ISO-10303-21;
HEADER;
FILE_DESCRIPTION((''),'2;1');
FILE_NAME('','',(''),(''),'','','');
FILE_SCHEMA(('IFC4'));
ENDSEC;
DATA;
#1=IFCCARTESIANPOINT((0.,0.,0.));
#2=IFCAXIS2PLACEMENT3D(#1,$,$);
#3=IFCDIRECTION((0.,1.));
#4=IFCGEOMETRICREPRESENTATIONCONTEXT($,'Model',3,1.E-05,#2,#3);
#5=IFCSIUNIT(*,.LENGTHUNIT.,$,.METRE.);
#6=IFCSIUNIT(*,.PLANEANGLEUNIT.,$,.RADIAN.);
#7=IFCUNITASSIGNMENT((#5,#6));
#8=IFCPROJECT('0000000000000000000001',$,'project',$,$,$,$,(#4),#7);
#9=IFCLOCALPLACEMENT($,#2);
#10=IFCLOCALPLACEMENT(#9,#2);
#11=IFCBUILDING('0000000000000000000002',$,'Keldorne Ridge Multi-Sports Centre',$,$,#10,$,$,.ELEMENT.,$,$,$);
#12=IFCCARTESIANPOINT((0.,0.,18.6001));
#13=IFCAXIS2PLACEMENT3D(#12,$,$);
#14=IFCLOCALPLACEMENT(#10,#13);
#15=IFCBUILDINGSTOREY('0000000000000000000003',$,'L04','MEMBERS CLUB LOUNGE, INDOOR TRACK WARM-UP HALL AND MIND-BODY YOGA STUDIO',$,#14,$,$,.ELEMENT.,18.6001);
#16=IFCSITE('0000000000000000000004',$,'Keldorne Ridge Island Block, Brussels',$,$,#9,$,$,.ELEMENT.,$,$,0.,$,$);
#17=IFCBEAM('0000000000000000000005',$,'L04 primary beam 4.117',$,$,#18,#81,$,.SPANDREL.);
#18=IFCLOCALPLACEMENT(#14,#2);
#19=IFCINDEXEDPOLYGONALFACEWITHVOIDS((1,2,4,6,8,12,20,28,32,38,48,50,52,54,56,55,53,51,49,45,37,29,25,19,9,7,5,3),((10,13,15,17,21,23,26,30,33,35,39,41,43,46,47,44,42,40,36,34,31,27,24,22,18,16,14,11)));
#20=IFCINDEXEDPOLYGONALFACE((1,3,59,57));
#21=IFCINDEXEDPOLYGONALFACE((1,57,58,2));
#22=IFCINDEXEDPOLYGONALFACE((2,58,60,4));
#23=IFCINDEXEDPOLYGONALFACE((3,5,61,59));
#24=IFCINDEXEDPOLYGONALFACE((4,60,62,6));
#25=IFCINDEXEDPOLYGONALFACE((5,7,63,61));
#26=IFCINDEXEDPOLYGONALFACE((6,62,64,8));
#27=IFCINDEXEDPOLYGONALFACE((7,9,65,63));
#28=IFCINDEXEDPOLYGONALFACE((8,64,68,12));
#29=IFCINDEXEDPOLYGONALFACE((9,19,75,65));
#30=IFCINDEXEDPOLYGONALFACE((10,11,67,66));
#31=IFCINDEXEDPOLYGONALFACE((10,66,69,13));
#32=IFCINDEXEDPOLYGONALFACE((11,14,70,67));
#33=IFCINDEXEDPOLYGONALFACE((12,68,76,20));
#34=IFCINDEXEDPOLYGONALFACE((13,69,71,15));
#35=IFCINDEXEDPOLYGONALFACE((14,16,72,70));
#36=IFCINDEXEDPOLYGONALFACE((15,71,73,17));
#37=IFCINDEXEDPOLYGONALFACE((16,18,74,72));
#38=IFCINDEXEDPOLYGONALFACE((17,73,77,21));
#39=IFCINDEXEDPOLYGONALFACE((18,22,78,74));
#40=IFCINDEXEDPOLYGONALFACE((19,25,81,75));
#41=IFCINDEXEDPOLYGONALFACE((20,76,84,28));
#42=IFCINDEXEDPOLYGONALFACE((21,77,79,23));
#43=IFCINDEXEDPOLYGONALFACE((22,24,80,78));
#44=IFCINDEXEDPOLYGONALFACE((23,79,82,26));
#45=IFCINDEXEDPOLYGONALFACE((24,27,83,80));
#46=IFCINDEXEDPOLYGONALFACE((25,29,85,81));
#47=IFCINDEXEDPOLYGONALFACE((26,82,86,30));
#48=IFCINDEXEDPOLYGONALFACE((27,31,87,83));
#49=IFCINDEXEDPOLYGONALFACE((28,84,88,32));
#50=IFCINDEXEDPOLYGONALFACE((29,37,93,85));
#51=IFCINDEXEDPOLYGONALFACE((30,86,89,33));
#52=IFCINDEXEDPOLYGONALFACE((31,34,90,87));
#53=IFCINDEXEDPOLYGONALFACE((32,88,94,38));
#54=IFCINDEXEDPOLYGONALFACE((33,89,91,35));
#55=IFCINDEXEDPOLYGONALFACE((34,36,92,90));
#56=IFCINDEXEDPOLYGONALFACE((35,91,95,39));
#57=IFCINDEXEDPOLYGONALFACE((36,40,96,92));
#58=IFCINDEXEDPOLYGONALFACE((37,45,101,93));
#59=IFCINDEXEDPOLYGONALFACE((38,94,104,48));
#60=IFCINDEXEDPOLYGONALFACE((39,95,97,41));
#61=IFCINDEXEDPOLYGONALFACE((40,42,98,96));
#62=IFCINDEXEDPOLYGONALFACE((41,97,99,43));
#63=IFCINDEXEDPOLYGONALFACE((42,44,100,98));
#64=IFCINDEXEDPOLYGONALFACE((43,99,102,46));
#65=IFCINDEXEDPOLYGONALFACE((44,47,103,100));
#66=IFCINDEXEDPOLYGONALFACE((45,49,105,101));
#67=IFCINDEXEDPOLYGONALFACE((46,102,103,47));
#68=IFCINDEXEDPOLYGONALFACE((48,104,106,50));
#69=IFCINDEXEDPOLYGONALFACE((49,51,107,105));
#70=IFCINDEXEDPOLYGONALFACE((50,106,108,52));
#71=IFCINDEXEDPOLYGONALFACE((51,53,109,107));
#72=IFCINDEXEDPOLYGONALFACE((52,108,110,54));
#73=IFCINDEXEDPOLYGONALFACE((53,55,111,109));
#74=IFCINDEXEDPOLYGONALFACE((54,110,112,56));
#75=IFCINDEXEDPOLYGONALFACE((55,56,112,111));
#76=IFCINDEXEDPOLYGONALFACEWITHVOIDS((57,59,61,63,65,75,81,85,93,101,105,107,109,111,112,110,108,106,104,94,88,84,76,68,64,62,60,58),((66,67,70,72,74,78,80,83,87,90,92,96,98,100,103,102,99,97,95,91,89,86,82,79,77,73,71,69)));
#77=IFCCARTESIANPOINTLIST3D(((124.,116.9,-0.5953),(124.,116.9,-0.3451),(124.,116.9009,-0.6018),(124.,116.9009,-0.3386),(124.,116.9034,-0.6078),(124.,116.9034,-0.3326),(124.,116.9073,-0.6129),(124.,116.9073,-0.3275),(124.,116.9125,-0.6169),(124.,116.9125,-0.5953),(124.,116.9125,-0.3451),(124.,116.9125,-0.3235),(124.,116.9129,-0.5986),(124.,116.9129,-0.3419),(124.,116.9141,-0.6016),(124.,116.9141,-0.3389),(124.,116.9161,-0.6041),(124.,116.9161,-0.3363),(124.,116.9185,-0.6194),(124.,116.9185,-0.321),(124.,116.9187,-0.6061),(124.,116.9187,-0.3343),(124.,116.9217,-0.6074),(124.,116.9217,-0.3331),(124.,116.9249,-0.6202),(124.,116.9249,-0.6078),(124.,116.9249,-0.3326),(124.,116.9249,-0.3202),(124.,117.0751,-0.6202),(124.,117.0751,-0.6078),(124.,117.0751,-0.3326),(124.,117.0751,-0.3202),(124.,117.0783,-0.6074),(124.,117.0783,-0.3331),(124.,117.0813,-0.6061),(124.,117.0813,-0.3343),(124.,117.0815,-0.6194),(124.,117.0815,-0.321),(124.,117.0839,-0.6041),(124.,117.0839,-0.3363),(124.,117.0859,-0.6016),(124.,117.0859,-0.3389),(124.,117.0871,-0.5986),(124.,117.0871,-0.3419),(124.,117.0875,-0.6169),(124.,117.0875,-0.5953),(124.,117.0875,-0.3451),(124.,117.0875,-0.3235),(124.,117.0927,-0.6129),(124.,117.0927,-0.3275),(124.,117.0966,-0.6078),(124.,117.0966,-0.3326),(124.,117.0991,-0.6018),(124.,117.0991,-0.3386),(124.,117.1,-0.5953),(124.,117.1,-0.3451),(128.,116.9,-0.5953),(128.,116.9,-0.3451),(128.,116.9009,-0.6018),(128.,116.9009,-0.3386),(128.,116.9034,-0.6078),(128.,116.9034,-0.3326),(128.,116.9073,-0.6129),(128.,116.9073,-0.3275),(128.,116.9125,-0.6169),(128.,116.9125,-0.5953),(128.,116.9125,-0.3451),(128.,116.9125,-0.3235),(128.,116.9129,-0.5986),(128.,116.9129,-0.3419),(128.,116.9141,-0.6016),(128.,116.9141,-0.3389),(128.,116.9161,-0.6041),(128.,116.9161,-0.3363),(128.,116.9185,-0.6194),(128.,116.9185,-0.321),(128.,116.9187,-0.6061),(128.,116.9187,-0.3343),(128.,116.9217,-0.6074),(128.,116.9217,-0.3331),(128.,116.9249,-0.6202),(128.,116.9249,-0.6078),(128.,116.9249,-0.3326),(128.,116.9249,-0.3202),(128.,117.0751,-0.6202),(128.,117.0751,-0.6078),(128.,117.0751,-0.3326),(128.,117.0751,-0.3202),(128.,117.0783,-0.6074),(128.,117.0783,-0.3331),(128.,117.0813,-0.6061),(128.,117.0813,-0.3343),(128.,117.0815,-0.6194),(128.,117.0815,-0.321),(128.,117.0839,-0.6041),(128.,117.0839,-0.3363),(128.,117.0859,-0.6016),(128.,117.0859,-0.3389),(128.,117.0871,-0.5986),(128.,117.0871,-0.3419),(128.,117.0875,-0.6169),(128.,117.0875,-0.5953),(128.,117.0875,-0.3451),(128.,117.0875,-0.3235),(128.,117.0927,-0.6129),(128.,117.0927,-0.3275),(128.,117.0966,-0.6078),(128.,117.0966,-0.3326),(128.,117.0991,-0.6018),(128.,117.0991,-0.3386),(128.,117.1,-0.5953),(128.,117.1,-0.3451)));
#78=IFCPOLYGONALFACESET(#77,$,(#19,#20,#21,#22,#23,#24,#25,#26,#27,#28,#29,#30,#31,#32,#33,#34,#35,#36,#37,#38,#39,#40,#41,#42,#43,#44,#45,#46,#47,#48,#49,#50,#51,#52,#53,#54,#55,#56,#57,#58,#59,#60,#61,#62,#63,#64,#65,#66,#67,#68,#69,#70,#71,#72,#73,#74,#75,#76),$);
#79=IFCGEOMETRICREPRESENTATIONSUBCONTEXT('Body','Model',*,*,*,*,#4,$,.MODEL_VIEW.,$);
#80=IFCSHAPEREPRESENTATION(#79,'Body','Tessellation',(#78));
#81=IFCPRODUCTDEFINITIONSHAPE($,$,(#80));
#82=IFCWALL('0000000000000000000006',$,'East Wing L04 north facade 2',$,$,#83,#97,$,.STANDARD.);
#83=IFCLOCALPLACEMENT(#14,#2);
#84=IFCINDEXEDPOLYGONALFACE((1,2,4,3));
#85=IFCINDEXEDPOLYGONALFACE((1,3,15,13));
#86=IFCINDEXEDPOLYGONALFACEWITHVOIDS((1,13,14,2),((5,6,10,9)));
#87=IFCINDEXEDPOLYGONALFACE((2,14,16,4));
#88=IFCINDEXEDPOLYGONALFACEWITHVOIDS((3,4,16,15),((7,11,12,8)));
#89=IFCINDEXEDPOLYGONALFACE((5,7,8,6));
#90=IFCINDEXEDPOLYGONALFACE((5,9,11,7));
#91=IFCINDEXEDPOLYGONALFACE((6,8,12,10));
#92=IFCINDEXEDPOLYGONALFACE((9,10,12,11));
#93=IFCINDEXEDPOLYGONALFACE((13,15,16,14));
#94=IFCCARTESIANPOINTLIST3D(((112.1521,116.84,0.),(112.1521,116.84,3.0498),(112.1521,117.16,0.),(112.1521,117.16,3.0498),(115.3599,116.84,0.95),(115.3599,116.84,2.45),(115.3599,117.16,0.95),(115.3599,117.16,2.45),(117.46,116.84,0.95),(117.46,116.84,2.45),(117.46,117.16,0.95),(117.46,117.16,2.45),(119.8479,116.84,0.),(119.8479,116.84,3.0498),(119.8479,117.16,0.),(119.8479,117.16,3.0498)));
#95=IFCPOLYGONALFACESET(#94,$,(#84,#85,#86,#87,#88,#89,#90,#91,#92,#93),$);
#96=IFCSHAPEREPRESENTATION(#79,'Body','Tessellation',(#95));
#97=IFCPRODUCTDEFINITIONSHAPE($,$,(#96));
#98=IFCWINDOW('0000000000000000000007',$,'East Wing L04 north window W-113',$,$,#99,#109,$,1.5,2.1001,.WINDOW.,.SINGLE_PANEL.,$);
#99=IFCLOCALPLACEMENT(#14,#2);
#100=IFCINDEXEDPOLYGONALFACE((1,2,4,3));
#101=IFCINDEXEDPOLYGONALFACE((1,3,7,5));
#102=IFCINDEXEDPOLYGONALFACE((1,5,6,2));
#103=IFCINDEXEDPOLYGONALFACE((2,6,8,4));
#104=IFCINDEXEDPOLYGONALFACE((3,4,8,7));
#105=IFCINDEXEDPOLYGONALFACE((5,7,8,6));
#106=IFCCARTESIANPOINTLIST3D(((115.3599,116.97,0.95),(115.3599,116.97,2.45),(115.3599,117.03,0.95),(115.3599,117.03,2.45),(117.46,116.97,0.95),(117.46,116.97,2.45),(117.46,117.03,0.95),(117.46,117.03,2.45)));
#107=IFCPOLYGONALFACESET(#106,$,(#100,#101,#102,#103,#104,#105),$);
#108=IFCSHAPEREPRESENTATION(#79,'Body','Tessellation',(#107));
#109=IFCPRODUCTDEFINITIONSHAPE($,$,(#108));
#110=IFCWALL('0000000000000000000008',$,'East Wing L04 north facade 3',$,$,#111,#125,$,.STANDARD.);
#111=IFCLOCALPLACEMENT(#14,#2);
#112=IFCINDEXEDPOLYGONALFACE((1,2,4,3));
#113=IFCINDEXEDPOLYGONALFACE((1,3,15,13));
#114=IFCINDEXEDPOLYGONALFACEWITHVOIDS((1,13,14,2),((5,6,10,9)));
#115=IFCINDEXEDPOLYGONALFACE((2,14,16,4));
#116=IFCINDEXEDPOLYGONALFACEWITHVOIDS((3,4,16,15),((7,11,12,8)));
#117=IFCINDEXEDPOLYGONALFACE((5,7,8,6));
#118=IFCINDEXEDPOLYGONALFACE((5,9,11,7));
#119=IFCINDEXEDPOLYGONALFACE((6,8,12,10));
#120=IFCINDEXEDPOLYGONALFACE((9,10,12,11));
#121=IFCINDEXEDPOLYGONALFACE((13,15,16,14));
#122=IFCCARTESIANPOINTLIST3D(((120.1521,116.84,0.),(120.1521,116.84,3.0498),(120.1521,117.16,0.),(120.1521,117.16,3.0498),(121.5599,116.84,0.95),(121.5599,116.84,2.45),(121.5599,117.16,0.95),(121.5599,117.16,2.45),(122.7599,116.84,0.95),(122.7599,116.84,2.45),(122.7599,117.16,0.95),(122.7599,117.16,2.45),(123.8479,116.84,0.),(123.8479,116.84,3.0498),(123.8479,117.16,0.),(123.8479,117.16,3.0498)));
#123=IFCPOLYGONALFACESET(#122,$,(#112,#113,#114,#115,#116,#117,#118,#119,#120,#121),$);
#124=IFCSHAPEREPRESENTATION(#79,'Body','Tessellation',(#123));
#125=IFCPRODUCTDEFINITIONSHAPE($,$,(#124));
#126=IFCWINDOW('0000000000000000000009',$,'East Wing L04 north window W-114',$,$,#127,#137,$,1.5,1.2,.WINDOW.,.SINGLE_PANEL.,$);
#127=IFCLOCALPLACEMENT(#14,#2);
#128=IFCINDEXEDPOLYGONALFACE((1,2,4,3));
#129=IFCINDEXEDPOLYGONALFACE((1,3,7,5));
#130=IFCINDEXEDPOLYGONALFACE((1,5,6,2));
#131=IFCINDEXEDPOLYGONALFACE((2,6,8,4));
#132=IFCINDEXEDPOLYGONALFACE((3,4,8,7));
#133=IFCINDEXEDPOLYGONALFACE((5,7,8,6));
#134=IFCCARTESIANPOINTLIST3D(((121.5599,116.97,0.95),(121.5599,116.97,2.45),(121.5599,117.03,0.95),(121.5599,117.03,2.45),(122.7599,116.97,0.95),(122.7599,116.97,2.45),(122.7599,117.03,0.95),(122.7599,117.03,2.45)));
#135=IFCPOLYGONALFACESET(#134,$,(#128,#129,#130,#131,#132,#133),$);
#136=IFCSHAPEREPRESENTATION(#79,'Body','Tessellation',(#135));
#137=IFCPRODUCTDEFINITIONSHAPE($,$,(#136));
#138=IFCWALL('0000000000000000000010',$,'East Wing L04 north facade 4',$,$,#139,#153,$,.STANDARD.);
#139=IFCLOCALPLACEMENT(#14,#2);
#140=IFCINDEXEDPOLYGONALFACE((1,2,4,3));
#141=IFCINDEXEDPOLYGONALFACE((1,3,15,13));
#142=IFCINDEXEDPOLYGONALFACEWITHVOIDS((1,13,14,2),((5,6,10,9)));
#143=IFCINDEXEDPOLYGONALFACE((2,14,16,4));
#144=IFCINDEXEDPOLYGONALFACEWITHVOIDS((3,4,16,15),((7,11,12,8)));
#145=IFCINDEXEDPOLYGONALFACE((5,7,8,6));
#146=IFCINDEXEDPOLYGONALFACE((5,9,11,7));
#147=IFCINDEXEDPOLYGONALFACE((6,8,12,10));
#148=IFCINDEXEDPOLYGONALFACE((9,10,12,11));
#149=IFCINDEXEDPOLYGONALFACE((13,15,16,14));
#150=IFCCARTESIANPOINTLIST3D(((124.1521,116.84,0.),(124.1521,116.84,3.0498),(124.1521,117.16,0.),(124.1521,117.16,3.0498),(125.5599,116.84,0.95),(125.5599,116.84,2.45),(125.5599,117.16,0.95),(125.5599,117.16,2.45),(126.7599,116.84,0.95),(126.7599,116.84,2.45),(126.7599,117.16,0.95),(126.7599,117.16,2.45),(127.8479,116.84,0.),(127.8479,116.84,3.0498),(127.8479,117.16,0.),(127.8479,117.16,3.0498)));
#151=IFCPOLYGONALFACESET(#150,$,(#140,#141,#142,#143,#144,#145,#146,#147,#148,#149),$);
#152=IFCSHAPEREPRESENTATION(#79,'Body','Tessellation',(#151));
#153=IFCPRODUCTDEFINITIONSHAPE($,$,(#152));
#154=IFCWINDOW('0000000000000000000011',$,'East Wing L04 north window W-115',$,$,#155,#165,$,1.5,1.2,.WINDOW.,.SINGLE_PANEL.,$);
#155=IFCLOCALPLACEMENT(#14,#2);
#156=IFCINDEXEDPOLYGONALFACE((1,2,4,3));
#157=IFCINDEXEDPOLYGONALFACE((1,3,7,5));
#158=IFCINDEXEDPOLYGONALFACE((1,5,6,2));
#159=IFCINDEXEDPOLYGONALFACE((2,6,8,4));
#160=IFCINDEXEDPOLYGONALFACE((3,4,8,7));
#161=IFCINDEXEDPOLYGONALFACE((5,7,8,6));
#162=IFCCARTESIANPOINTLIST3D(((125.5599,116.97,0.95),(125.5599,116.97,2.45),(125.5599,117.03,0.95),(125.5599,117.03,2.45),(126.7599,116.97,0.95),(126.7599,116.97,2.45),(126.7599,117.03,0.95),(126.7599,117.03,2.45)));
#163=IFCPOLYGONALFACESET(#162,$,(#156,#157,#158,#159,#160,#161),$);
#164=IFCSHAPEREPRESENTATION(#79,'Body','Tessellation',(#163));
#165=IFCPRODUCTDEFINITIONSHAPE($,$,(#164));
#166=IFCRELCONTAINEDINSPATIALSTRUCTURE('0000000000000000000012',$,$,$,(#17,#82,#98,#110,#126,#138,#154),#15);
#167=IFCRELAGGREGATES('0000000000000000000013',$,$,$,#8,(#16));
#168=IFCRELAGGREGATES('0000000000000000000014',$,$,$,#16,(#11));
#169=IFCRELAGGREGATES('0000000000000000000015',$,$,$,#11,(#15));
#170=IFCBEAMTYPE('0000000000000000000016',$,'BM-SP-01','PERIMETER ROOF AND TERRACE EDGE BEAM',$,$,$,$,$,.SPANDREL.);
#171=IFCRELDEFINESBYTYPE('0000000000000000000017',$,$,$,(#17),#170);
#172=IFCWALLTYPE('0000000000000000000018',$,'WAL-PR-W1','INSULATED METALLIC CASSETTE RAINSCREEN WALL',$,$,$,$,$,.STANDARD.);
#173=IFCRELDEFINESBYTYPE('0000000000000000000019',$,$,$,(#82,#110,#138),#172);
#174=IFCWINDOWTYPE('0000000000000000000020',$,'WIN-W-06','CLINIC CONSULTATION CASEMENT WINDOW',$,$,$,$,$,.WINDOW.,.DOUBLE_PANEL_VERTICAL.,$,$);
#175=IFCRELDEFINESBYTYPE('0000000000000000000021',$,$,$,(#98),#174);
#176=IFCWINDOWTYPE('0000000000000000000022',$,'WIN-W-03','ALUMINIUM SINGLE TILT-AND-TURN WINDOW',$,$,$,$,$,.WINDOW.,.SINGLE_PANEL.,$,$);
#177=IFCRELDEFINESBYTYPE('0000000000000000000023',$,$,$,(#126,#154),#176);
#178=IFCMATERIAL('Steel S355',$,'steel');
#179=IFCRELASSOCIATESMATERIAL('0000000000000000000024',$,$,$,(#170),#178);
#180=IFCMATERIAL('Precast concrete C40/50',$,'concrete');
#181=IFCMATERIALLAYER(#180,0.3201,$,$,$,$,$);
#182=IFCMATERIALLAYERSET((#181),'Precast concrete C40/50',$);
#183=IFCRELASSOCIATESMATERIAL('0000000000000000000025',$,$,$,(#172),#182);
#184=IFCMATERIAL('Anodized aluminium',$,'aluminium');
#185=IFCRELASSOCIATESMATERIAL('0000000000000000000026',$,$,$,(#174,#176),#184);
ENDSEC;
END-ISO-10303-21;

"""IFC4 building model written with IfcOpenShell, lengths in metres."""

from ifc_helpers import new_model, si_unit, direction, frame, frame_2d, origin, origin_2d, place, context, subcontext, project, spatial, rectangle, hollow_rectangle, extrude, material, layer, layer_set, material_profile, profile_set, type_object, element, fill, save


model = new_model("IFC4")

# Units and contexts
model_context = context("Model", 3, precision=1e-05, world=origin(), true_north=direction((0.0, 1.0)))
body_context = subcontext(model_context, "Body", "Model", "MODEL_VIEW")
ifc_project = project(units=[si_unit("LENGTHUNIT", "METRE"), si_unit("PLANEANGLEUNIT", "RADIAN")], contexts=[model_context])

# Site, building, storey
site_placement = place(None, origin())
site = spatial("IfcSite", under=ifc_project, at=site_placement, Name="Keldorne Ridge Island Block, Brussels", CompositionType="ELEMENT", RefElevation=0.0)
building_placement = place(site_placement, origin())
building = spatial("IfcBuilding", under=site, at=building_placement, Name="Keldorne Ridge Multi-Sports Centre", CompositionType="ELEMENT")
storey_placement = place(building_placement, frame((0.0, 0.0, 18.6001)))
storey = spatial("IfcBuildingStorey", under=building, at=storey_placement, Name="L04", Description="MEMBERS CLUB LOUNGE, INDOOR TRACK WARM-UP HALL AND MIND-BODY YOGA STUDIO", CompositionType="ELEMENT", Elevation=18.6001)

# Shared definitions
ifc_material_1 = material(Name="Steel S355", Category="steel")

# Beam
ifc_material_profile_1 = material_profile(ifc_material_1, hollow_rectangle(XDim=0.2, YDim=0.3, WallThickness=0.0125, InnerFilletRadius=0.0125, OuterFilletRadius=0.0249, at=origin_2d()), Name="RHS 300x200x12.5")
ifc_profile_set_1 = profile_set([ifc_material_profile_1], Name="Steel S355")
beam_type_1 = type_object("IfcBeamType", Name="BM-SP-01", Description="PERIMETER ROOF AND TERRACE EDGE BEAM", PredefinedType="SPANDREL", material=ifc_profile_set_1)
for number, where, z_axis, x_axis, name in (
    (1, (124.0, 117.0, -0.4702), (1.0, 0.0, 0.0), (0.0, 1.0, 0.0), "L04 primary beam 4.117"),
):
    element("IfcBeam", number, at=place(storey_placement, frame(where, z_axis=z_axis, x_axis=x_axis)), inside=storey, type_object=beam_type_1, Name=name, PredefinedType="SPANDREL", context=body_context, shape_type="SweptSolid", body=[
        extrude(hollow_rectangle(XDim=0.2, YDim=0.3, WallThickness=0.0125, InnerFilletRadius=0.0125, OuterFilletRadius=0.0249, at=origin_2d()), origin(), (0.0, 0.0, 1.0), 4.0),
    ])

# Walls, openings, windows
ifc_material_2 = material(Name="Precast concrete C40/50", Category="concrete")
ifc_layer_1 = layer(ifc_material_2, 0.3201)
ifc_layer_set_1 = layer_set([ifc_layer_1], Name="Precast concrete C40/50")
wall_type_1 = type_object("IfcWallType", Name="WAL-PR-W1", Description="INSULATED METALLIC CASSETTE RAINSCREEN WALL", PredefinedType="STANDARD", material=ifc_layer_set_1)
wall_1_placement = place(storey_placement, frame((119.8479, 117.0, 0.0), z_axis=(0.0, 0.0, 1.0), x_axis=(-1.0, 0.0, 0.0)))
wall_1 = element("IfcWall", 2, at=wall_1_placement, inside=storey, type_object=wall_type_1, Name="East Wing L04 north facade 2", PredefinedType="STANDARD", context=body_context, shape_type="SweptSolid", body=[
    extrude(rectangle(XDim=7.6958, YDim=0.3201, at=frame_2d((3.8479, 0.0))), origin(), (0.0, 0.0, 1.0), 3.0498),
])
opening_1_placement = place(wall_1_placement, frame((2.3879, 0.0, 0.95)))
opening_1 = element("IfcOpeningElement", 3, at=opening_1_placement, cuts=wall_1, PredefinedType="OPENING", context=body_context, shape_type="SweptSolid", body=[
    extrude(rectangle(XDim=2.1001, YDim=1.5, at=frame_2d((1.05, 0.75))), frame((0.0, 0.1699, 0.0), z_axis=(0.0, -1.0, 0.0), x_axis=(1.0, 0.0, 0.0)), (0.0, 0.0, 1.0), 0.3401),
])
ifc_material_3 = material(Name="Anodized aluminium", Category="aluminium")
window_type_1 = type_object("IfcWindowType", Name="WIN-W-06", Description="CLINIC CONSULTATION CASEMENT WINDOW", PartitioningType="DOUBLE_PANEL_VERTICAL", PredefinedType="WINDOW", material=ifc_material_3)
window_1_placement = place(opening_1_placement, origin())
window_1 = element("IfcWindow", 4, at=window_1_placement, inside=storey, type_object=window_type_1, Name="East Wing L04 north window W-113", OverallHeight=1.5, OverallWidth=2.1001, PartitioningType="SINGLE_PANEL", PredefinedType="WINDOW", context=body_context, shape_type="SweptSolid", body=[
    extrude(rectangle(XDim=2.1001, YDim=1.5, at=frame_2d((1.05, 0.75))), frame((0.0, 0.03, 0.0), z_axis=(0.0, -1.0, 0.0), x_axis=(1.0, 0.0, 0.0)), (0.0, 0.0, 1.0), 0.0601),
])
fill(opening_1, window_1)
wall_2_placement = place(storey_placement, frame((123.8479, 117.0, 0.0), z_axis=(0.0, 0.0, 1.0), x_axis=(-1.0, 0.0, 0.0)))
wall_2 = element("IfcWall", 5, at=wall_2_placement, inside=storey, type_object=wall_type_1, Name="East Wing L04 north facade 3", PredefinedType="STANDARD", context=body_context, shape_type="SweptSolid", body=[
    extrude(rectangle(XDim=3.6958, YDim=0.3201, at=frame_2d((1.8479, 0.0))), origin(), (0.0, 0.0, 1.0), 3.0498),
])
opening_2_placement = place(wall_2_placement, frame((1.0879, 0.0, 0.95)))
opening_2 = element("IfcOpeningElement", 6, at=opening_2_placement, cuts=wall_2, PredefinedType="OPENING", context=body_context, shape_type="SweptSolid", body=[
    extrude(rectangle(XDim=1.2, YDim=1.5, at=frame_2d((0.6001, 0.75))), frame((0.0, 0.1699, 0.0), z_axis=(0.0, -1.0, 0.0), x_axis=(1.0, 0.0, 0.0)), (0.0, 0.0, 1.0), 0.3401),
])
window_type_2 = type_object("IfcWindowType", Name="WIN-W-03", Description="ALUMINIUM SINGLE TILT-AND-TURN WINDOW", PartitioningType="SINGLE_PANEL", PredefinedType="WINDOW", material=ifc_material_3)
window_2_placement = place(opening_2_placement, origin())
window_2 = element("IfcWindow", 7, at=window_2_placement, inside=storey, type_object=window_type_2, Name="East Wing L04 north window W-114", OverallHeight=1.5, OverallWidth=1.2, PartitioningType="SINGLE_PANEL", PredefinedType="WINDOW", context=body_context, shape_type="SweptSolid", body=[
    extrude(rectangle(XDim=1.2, YDim=1.5, at=frame_2d((0.6001, 0.75))), frame((0.0, 0.03, 0.0), z_axis=(0.0, -1.0, 0.0), x_axis=(1.0, 0.0, 0.0)), (0.0, 0.0, 1.0), 0.0601),
])
fill(opening_2, window_2)
wall_3_placement = place(storey_placement, frame((127.8479, 117.0, 0.0), z_axis=(0.0, 0.0, 1.0), x_axis=(-1.0, 0.0, 0.0)))
wall_3 = element("IfcWall", 8, at=wall_3_placement, inside=storey, type_object=wall_type_1, Name="East Wing L04 north facade 4", PredefinedType="STANDARD", context=body_context, shape_type="SweptSolid", body=[
    extrude(rectangle(XDim=3.6958, YDim=0.3201, at=frame_2d((1.8479, 0.0))), origin(), (0.0, 0.0, 1.0), 3.0498),
])
opening_3_placement = place(wall_3_placement, frame((1.0879, 0.0, 0.95)))
opening_3 = element("IfcOpeningElement", 9, at=opening_3_placement, cuts=wall_3, PredefinedType="OPENING", context=body_context, shape_type="SweptSolid", body=[
    extrude(rectangle(XDim=1.2, YDim=1.5, at=frame_2d((0.6001, 0.75))), frame((0.0, 0.1699, 0.0), z_axis=(0.0, -1.0, 0.0), x_axis=(1.0, 0.0, 0.0)), (0.0, 0.0, 1.0), 0.3401),
])
window_3_placement = place(opening_3_placement, origin())
window_3 = element("IfcWindow", 10, at=window_3_placement, inside=storey, type_object=window_type_2, Name="East Wing L04 north window W-115", OverallHeight=1.5, OverallWidth=1.2, PartitioningType="SINGLE_PANEL", PredefinedType="WINDOW", context=body_context, shape_type="SweptSolid", body=[
    extrude(rectangle(XDim=1.2, YDim=1.5, at=frame_2d((0.6001, 0.75))), frame((0.0, 0.03, 0.0), z_axis=(0.0, -1.0, 0.0), x_axis=(1.0, 0.0, 0.0)), (0.0, 0.0, 1.0), 0.0601),
])
fill(opening_3, window_3)

save(model, "model.ifc")
